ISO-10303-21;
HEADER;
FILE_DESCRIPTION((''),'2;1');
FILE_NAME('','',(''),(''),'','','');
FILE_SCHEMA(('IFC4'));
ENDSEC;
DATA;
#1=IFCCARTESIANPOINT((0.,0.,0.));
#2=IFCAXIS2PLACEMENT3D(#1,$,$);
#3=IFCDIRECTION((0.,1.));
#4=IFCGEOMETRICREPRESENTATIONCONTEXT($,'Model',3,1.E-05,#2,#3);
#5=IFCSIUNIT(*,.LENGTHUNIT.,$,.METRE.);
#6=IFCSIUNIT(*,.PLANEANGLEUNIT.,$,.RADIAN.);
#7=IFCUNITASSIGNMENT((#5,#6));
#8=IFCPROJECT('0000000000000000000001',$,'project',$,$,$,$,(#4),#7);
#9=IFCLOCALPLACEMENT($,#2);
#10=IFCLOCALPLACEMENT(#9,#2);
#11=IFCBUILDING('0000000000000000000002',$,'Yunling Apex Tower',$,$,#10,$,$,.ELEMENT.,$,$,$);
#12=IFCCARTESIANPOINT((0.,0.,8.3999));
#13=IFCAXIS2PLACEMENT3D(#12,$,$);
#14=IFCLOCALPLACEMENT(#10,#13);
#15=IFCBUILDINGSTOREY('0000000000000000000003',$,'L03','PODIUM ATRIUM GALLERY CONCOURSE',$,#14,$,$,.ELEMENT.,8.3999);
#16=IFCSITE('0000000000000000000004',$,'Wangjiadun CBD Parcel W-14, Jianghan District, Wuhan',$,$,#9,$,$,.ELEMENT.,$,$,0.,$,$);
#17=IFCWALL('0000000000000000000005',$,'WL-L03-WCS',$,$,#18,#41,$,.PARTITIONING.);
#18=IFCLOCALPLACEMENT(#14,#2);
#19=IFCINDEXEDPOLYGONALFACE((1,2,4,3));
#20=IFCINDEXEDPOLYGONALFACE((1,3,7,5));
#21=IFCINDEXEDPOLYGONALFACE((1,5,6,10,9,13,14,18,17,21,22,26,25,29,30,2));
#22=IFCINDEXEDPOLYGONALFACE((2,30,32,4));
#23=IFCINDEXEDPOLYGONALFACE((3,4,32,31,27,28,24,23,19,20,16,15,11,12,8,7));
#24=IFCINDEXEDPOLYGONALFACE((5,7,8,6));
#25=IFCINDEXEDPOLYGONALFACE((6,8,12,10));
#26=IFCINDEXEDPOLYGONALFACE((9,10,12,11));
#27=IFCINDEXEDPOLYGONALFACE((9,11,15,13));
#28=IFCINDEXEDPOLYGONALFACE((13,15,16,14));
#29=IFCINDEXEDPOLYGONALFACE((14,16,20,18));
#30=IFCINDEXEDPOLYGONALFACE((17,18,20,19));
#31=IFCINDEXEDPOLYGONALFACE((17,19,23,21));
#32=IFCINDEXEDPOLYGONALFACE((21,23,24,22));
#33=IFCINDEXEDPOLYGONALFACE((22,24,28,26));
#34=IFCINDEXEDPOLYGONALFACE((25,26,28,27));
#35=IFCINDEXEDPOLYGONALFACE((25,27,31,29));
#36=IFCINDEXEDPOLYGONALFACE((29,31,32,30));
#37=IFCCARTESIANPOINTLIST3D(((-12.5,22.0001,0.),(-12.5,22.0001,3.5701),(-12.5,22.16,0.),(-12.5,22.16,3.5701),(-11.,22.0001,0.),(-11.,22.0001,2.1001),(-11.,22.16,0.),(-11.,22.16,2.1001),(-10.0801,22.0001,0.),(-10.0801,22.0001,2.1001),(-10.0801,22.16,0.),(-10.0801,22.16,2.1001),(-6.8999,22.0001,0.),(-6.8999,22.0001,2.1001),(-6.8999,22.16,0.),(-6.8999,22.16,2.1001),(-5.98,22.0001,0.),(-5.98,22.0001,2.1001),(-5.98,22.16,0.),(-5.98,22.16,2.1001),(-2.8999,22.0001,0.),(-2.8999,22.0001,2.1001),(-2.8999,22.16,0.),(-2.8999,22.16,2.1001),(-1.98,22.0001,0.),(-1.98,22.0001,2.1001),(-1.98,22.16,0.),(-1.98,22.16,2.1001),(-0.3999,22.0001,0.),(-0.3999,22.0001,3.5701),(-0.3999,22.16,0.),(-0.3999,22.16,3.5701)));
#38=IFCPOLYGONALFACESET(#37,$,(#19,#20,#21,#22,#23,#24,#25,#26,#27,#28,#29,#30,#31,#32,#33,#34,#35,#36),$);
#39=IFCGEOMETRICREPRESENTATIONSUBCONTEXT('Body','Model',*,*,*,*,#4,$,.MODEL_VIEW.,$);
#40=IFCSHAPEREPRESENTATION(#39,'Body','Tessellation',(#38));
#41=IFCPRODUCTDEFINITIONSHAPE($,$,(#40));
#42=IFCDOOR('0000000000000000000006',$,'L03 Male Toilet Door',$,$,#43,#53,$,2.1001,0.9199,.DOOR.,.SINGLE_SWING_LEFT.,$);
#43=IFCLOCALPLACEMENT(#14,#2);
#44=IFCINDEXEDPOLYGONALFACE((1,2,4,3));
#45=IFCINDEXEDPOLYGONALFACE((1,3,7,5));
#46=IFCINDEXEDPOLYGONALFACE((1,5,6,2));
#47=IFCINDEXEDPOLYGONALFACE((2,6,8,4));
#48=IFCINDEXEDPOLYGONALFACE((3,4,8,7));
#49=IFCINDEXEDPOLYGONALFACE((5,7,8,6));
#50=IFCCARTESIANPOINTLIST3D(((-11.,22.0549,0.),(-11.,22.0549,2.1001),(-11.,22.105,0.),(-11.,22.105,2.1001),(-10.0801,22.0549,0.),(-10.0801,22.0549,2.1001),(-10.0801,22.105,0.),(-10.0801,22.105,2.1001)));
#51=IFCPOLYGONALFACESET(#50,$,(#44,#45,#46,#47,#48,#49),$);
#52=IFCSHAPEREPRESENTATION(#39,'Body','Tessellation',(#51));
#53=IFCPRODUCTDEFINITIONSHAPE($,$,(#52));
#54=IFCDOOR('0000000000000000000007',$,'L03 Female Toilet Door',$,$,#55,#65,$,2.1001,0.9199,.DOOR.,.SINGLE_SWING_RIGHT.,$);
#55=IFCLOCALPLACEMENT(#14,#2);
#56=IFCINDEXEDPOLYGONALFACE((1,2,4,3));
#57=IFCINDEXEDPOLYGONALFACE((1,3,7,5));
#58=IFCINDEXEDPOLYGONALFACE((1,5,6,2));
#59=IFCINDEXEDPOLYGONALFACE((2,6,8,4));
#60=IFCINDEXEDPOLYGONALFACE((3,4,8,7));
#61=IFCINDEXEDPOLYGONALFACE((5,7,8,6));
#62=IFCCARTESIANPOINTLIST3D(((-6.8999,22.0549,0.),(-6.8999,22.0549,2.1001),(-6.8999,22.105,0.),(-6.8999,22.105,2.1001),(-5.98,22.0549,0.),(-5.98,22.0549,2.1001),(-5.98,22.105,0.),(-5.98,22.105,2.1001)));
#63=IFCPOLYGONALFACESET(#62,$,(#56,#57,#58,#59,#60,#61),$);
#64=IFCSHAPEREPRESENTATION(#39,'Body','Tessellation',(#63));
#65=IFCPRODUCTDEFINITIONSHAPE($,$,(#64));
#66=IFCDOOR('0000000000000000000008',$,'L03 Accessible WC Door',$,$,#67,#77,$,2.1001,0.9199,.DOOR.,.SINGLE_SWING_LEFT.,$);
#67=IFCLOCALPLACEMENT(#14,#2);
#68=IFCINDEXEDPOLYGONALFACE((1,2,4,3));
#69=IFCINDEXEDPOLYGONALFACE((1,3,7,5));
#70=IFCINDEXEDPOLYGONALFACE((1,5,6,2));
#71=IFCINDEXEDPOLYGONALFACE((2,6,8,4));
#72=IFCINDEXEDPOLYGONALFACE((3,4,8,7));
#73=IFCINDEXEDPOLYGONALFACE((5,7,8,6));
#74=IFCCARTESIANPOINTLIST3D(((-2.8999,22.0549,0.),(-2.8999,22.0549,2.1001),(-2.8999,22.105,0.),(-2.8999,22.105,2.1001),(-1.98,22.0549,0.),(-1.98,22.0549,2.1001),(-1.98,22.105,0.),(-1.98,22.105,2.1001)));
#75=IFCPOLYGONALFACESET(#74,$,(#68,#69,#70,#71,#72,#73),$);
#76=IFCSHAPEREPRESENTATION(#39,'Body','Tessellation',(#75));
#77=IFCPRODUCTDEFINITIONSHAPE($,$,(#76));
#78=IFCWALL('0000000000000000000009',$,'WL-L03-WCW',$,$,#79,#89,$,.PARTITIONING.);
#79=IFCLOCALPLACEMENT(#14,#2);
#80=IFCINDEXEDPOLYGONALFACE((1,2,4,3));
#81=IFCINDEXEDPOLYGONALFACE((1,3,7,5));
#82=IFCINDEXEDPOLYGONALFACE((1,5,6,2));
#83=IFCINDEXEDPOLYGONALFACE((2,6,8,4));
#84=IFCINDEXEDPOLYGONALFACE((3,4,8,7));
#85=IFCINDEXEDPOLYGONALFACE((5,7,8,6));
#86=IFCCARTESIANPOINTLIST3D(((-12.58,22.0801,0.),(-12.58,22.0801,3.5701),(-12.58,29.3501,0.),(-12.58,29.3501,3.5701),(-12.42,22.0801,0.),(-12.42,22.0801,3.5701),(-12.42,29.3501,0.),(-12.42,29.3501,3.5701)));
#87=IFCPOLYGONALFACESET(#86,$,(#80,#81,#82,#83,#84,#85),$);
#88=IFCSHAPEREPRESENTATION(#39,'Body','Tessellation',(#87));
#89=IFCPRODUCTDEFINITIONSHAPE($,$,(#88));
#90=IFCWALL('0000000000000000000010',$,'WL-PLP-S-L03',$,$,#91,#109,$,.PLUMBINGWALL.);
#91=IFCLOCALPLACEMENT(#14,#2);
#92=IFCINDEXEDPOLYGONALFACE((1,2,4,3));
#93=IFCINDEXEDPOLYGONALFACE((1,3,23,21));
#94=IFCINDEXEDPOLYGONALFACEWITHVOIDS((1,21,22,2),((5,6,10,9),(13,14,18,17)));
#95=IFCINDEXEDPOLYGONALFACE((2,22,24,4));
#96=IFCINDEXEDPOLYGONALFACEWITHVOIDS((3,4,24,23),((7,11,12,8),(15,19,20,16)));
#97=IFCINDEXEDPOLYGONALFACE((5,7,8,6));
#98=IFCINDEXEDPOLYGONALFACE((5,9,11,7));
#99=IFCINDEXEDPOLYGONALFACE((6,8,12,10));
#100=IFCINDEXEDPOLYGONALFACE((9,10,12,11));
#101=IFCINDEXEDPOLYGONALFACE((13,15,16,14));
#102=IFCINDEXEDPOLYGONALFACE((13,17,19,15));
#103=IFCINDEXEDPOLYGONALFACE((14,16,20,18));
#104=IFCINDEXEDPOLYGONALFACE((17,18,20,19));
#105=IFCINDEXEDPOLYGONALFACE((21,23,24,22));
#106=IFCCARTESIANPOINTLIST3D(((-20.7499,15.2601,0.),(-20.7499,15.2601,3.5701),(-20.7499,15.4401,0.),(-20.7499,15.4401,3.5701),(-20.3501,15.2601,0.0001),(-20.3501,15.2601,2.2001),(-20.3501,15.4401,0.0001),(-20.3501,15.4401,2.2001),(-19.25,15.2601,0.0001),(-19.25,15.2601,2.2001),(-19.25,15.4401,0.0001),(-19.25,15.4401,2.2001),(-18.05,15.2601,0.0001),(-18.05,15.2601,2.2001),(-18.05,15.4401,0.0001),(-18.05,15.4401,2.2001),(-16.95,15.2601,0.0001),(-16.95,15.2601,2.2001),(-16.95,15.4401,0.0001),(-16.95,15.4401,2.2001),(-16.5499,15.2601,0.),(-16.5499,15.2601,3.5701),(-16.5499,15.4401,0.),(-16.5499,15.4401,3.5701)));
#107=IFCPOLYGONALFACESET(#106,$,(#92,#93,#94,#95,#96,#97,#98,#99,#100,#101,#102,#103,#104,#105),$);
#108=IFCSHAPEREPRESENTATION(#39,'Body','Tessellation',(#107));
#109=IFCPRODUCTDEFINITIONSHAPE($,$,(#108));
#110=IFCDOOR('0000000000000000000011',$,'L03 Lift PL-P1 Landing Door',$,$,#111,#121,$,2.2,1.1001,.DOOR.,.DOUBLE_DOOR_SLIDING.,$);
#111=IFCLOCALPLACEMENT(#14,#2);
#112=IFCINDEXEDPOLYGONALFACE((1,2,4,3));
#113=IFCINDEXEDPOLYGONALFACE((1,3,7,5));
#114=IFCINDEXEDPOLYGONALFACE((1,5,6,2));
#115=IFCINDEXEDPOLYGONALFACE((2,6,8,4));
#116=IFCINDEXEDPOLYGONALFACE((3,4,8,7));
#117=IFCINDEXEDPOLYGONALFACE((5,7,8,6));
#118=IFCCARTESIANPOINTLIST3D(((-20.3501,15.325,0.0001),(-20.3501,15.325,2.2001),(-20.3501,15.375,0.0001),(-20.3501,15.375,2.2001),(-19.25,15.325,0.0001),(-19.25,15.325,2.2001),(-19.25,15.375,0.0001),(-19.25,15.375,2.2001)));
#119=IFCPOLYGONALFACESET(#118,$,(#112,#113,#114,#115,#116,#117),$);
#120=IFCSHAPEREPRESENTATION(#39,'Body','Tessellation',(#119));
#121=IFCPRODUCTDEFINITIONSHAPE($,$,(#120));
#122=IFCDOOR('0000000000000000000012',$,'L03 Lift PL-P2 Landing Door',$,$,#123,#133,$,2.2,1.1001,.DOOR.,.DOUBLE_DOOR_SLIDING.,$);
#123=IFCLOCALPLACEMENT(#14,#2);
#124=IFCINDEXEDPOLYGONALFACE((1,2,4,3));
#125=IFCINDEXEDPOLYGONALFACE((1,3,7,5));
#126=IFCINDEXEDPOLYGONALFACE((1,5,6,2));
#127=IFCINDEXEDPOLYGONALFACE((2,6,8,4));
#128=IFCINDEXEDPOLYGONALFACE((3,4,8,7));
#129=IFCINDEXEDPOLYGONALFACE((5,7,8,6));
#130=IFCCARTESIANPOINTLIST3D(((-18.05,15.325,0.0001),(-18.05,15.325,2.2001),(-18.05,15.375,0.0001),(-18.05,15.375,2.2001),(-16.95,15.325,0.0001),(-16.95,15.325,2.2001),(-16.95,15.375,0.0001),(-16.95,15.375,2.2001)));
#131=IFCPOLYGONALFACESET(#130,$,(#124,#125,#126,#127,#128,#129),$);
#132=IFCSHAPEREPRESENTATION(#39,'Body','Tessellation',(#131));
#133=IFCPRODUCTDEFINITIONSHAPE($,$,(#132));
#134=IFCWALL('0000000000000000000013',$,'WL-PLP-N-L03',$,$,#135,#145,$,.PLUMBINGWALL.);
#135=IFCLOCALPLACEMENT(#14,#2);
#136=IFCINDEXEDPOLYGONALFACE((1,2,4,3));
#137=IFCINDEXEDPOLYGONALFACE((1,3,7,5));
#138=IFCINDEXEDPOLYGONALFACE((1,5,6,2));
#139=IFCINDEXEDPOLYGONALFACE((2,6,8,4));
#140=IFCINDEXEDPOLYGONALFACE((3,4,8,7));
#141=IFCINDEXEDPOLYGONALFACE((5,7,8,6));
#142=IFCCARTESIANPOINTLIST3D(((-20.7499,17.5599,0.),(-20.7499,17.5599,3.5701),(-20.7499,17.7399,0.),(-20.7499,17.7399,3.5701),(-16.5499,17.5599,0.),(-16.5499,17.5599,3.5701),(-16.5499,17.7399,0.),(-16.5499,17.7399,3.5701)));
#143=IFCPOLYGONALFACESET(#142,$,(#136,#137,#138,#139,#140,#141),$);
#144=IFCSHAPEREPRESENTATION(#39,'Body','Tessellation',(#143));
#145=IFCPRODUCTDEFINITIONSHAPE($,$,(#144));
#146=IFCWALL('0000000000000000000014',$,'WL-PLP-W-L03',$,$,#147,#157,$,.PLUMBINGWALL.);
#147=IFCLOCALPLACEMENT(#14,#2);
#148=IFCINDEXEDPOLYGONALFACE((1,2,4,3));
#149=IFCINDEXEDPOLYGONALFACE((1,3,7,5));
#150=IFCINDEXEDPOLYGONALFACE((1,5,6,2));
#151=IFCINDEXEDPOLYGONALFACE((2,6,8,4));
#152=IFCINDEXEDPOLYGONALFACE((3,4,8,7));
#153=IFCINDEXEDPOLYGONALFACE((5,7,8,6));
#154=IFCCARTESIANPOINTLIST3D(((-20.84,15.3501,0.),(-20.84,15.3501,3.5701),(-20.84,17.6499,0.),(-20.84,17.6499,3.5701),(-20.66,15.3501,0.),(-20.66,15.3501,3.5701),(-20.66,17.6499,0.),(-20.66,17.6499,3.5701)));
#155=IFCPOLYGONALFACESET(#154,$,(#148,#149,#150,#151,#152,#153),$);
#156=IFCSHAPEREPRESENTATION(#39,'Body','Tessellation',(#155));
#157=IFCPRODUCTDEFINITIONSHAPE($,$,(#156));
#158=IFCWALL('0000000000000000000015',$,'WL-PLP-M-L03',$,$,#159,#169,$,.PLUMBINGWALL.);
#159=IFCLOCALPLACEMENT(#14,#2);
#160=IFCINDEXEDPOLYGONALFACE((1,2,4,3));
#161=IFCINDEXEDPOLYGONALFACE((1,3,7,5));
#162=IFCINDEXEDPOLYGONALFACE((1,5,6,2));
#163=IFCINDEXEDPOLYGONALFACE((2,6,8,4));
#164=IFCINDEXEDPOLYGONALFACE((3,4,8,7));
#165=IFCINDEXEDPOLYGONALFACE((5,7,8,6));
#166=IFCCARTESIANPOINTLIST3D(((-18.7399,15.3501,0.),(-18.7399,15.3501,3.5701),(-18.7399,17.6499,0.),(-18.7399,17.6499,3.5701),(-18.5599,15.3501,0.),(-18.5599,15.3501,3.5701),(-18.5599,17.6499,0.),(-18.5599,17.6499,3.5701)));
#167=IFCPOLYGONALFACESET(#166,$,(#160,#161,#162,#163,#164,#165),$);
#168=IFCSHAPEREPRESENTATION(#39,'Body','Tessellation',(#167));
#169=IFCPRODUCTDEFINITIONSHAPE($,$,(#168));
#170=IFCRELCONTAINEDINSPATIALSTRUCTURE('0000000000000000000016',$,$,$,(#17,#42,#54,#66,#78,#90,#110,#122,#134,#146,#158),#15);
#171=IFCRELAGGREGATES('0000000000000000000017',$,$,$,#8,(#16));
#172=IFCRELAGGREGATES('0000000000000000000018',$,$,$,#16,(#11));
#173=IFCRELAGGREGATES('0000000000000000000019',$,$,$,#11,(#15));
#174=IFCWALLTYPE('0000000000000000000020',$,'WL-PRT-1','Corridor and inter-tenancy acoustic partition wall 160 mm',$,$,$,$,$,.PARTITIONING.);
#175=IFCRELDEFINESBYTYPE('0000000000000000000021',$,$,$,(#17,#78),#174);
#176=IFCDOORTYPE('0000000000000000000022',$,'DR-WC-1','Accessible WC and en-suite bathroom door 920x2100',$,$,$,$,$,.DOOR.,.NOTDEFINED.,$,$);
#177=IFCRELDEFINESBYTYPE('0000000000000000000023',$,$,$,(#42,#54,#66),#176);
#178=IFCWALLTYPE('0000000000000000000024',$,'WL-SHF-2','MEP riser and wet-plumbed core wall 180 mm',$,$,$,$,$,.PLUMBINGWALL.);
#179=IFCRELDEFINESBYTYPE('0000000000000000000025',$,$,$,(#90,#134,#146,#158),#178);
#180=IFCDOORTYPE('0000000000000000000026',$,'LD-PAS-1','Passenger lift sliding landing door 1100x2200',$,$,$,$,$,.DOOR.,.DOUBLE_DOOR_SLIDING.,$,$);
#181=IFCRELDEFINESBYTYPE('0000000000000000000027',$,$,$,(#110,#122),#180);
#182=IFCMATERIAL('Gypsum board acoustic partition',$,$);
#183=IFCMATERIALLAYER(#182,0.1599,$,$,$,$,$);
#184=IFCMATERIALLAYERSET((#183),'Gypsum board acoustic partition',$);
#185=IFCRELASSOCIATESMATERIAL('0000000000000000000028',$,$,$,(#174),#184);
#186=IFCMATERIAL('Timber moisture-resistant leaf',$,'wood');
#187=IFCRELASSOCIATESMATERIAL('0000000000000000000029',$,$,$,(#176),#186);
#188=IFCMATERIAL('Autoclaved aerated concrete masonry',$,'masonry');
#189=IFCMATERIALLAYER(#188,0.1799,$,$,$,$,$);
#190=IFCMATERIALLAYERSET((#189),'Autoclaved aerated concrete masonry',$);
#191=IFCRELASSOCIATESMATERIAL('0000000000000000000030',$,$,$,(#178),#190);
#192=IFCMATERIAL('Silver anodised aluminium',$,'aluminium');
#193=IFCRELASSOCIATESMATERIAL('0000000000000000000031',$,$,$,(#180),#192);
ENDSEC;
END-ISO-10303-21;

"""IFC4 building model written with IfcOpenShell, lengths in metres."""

from ifc_helpers import new_model, si_unit, direction, frame, frame_2d, origin, place, context, subcontext, project, spatial, rectangle, extrude, material, layer, layer_set, type_object, element, fill, save


model = new_model("IFC4")

# Units and contexts
model_context = context("Model", 3, precision=1e-05, world=origin(), true_north=direction((0.0, 1.0)))
body_context = subcontext(model_context, "Body", "Model", "MODEL_VIEW")
ifc_project = project(units=[si_unit("LENGTHUNIT", "METRE"), si_unit("PLANEANGLEUNIT", "RADIAN")], contexts=[model_context])

# Site, building, storey
site_placement = place(None, origin())
site = spatial("IfcSite", under=ifc_project, at=site_placement, Name="Wangjiadun CBD Parcel W-14, Jianghan District, Wuhan", CompositionType="ELEMENT", RefElevation=0.0)
building_placement = place(site_placement, origin())
building = spatial("IfcBuilding", under=site, at=building_placement, Name="Yunling Apex Tower", CompositionType="ELEMENT")
storey_placement = place(building_placement, frame((0.0, 0.0, 8.3999)))
storey = spatial("IfcBuildingStorey", under=building, at=storey_placement, Name="L03", Description="PODIUM ATRIUM GALLERY CONCOURSE", CompositionType="ELEMENT", Elevation=8.3999)

# Wall, openings, doors
ifc_material_1 = material(Name="Gypsum board acoustic partition")
ifc_layer_1 = layer(ifc_material_1, 0.1599)
ifc_layer_set_1 = layer_set([ifc_layer_1], Name="Gypsum board acoustic partition")
wall_type_1 = type_object("IfcWallType", Name="WL-PRT-1", Description="Corridor and inter-tenancy acoustic partition wall 160 mm", PredefinedType="PARTITIONING", material=ifc_layer_set_1)
wall_1_placement = place(storey_placement, frame((-12.5, 22.0801, 0.0), z_axis=(0.0, 0.0, 1.0), x_axis=(1.0, 0.0, 0.0)))
wall_1 = element("IfcWall", 1, at=wall_1_placement, inside=storey, type_object=wall_type_1, Name="WL-L03-WCS", PredefinedType="PARTITIONING", context=body_context, shape_type="SweptSolid", body=[
    extrude(rectangle(XDim=12.1001, YDim=0.1599, at=frame_2d((6.05, 0.0))), origin(), (0.0, 0.0, 1.0), 3.5701),
])
opening_1_placement = place(wall_1_placement, frame((1.5, 0.0, 0.0)))
opening_1 = element("IfcOpeningElement", 2, at=opening_1_placement, cuts=wall_1, PredefinedType="OPENING", context=body_context, shape_type="SweptSolid", body=[
    extrude(rectangle(XDim=0.9199, YDim=2.1001, at=frame_2d((0.46, 1.05))), frame((0.0, 0.0898, 0.0), z_axis=(0.0, -1.0, 0.0), x_axis=(1.0, 0.0, 0.0)), (0.0, 0.0, 1.0), 0.1799),
])
opening_2_placement = place(wall_1_placement, frame((5.6001, 0.0, 0.0)))
opening_2 = element("IfcOpeningElement", 3, at=opening_2_placement, cuts=wall_1, PredefinedType="OPENING", context=body_context, shape_type="SweptSolid", body=[
    extrude(rectangle(XDim=0.9199, YDim=2.1001, at=frame_2d((0.46, 1.05))), frame((0.0, 0.0898, 0.0), z_axis=(0.0, -1.0, 0.0), x_axis=(1.0, 0.0, 0.0)), (0.0, 0.0, 1.0), 0.1799),
])
opening_3_placement = place(wall_1_placement, frame((9.6001, 0.0, 0.0)))
opening_3 = element("IfcOpeningElement", 4, at=opening_3_placement, cuts=wall_1, PredefinedType="OPENING", context=body_context, shape_type="SweptSolid", body=[
    extrude(rectangle(XDim=0.9199, YDim=2.1001, at=frame_2d((0.46, 1.05))), frame((0.0, 0.0898, 0.0), z_axis=(0.0, -1.0, 0.0), x_axis=(1.0, 0.0, 0.0)), (0.0, 0.0, 1.0), 0.1799),
])
ifc_material_2 = material(Name="Timber moisture-resistant leaf", Category="wood")
door_type_1 = type_object("IfcDoorType", Name="DR-WC-1", Description="Accessible WC and en-suite bathroom door 920x2100", OperationType="NOTDEFINED", PredefinedType="DOOR", material=ifc_material_2)
door_1_placement = place(opening_1_placement, origin())
door_1 = element("IfcDoor", 5, at=door_1_placement, inside=storey, type_object=door_type_1, Name="L03 Male Toilet Door", OperationType="SINGLE_SWING_LEFT", OverallHeight=2.1001, OverallWidth=0.9199, PredefinedType="DOOR", context=body_context, shape_type="SweptSolid", body=[
    extrude(rectangle(XDim=0.9199, YDim=2.1001, at=frame_2d((0.46, 1.05))), frame((0.0, 0.0249, 0.0), z_axis=(0.0, -1.0, 0.0), x_axis=(1.0, 0.0, 0.0)), (0.0, 0.0, 1.0), 0.05),
])
fill(opening_1, door_1)
door_2_placement = place(opening_2_placement, origin())
door_2 = element("IfcDoor", 6, at=door_2_placement, inside=storey, type_object=door_type_1, Name="L03 Female Toilet Door", OperationType="SINGLE_SWING_RIGHT", OverallHeight=2.1001, OverallWidth=0.9199, PredefinedType="DOOR", context=body_context, shape_type="SweptSolid", body=[
    extrude(rectangle(XDim=0.9199, YDim=2.1001, at=frame_2d((0.46, 1.05))), frame((0.0, 0.0249, 0.0), z_axis=(0.0, -1.0, 0.0), x_axis=(1.0, 0.0, 0.0)), (0.0, 0.0, 1.0), 0.05),
])
fill(opening_2, door_2)
door_3_placement = place(opening_3_placement, origin())
door_3 = element("IfcDoor", 7, at=door_3_placement, inside=storey, type_object=door_type_1, Name="L03 Accessible WC Door", OperationType="SINGLE_SWING_LEFT", OverallHeight=2.1001, OverallWidth=0.9199, PredefinedType="DOOR", context=body_context, shape_type="SweptSolid", body=[
    extrude(rectangle(XDim=0.9199, YDim=2.1001, at=frame_2d((0.46, 1.05))), frame((0.0, 0.0249, 0.0), z_axis=(0.0, -1.0, 0.0), x_axis=(1.0, 0.0, 0.0)), (0.0, 0.0, 1.0), 0.05),
])
fill(opening_3, door_3)

# Wall
wall_2_placement = place(storey_placement, frame((-12.5, 22.0801, 0.0), z_axis=(0.0, 0.0, 1.0), x_axis=(0.0, 1.0, 0.0)))
element("IfcWall", 8, at=wall_2_placement, inside=storey, type_object=wall_type_1, Name="WL-L03-WCW", PredefinedType="PARTITIONING", context=body_context, shape_type="SweptSolid", body=[
    extrude(rectangle(XDim=7.27, YDim=0.1599, at=frame_2d((3.635, 0.0))), origin(), (0.0, 0.0, 1.0), 3.5701),
])

# Wall, openings, doors
ifc_material_3 = material(Name="Autoclaved aerated concrete masonry", Category="masonry")
ifc_layer_2 = layer(ifc_material_3, 0.1799)
ifc_layer_set_2 = layer_set([ifc_layer_2], Name="Autoclaved aerated concrete masonry")
wall_type_2 = type_object("IfcWallType", Name="WL-SHF-2", Description="MEP riser and wet-plumbed core wall 180 mm", PredefinedType="PLUMBINGWALL", material=ifc_layer_set_2)
wall_3_placement = place(storey_placement, frame((-20.75, 15.3501, 0.0), z_axis=(0.0, 0.0, 1.0), x_axis=(1.0, 0.0, 0.0)))
wall_3 = element("IfcWall", 9, at=wall_3_placement, inside=storey, type_object=wall_type_2, Name="WL-PLP-S-L03", PredefinedType="PLUMBINGWALL", context=body_context, shape_type="SweptSolid", body=[
    extrude(rectangle(XDim=4.2, YDim=0.1799, at=frame_2d((2.1001, 0.0))), origin(), (0.0, 0.0, 1.0), 3.5701),
])
opening_4_placement = place(wall_3_placement, frame((0.3999, 0.0, 0.0)))
opening_4 = element("IfcOpeningElement", 10, at=opening_4_placement, cuts=wall_3, PredefinedType="OPENING", context=body_context, shape_type="SweptSolid", body=[
    extrude(rectangle(XDim=1.1001, YDim=2.2, at=frame_2d((0.55, 1.1001))), frame((0.0, 0.1001, 0.0), z_axis=(0.0, -1.0, 0.0), x_axis=(1.0, 0.0, 0.0)), (0.0, 0.0, 1.0), 0.2),
])
opening_5_placement = place(wall_3_placement, frame((2.7, 0.0, 0.0)))
opening_5 = element("IfcOpeningElement", 11, at=opening_5_placement, cuts=wall_3, PredefinedType="OPENING", context=body_context, shape_type="SweptSolid", body=[
    extrude(rectangle(XDim=1.1001, YDim=2.2, at=frame_2d((0.55, 1.1001))), frame((0.0, 0.1001, 0.0), z_axis=(0.0, -1.0, 0.0), x_axis=(1.0, 0.0, 0.0)), (0.0, 0.0, 1.0), 0.2),
])
ifc_material_4 = material(Name="Silver anodised aluminium", Category="aluminium")
door_type_2 = type_object("IfcDoorType", Name="LD-PAS-1", Description="Passenger lift sliding landing door 1100x2200", OperationType="DOUBLE_DOOR_SLIDING", PredefinedType="DOOR", material=ifc_material_4)
door_4_placement = place(opening_4_placement, origin())
door_4 = element("IfcDoor", 12, at=door_4_placement, inside=storey, type_object=door_type_2, Name="L03 Lift PL-P1 Landing Door", OperationType="DOUBLE_DOOR_SLIDING", OverallHeight=2.2, OverallWidth=1.1001, PredefinedType="DOOR", context=body_context, shape_type="SweptSolid", body=[
    extrude(rectangle(XDim=1.1001, YDim=2.2, at=frame_2d((0.55, 1.1001))), frame((0.0, 0.0249, 0.0), z_axis=(0.0, -1.0, 0.0), x_axis=(1.0, 0.0, 0.0)), (0.0, 0.0, 1.0), 0.05),
])
fill(opening_4, door_4)
door_5_placement = place(opening_5_placement, origin())
door_5 = element("IfcDoor", 13, at=door_5_placement, inside=storey, type_object=door_type_2, Name="L03 Lift PL-P2 Landing Door", OperationType="DOUBLE_DOOR_SLIDING", OverallHeight=2.2, OverallWidth=1.1001, PredefinedType="DOOR", context=body_context, shape_type="SweptSolid", body=[
    extrude(rectangle(XDim=1.1001, YDim=2.2, at=frame_2d((0.55, 1.1001))), frame((0.0, 0.0249, 0.0), z_axis=(0.0, -1.0, 0.0), x_axis=(1.0, 0.0, 0.0)), (0.0, 0.0, 1.0), 0.05),
])
fill(opening_5, door_5)

# Walls
wall_4_placement = place(storey_placement, frame((-20.75, 17.6499, 0.0), z_axis=(0.0, 0.0, 1.0), x_axis=(1.0, 0.0, 0.0)))
element("IfcWall", 14, at=wall_4_placement, inside=storey, type_object=wall_type_2, Name="WL-PLP-N-L03", PredefinedType="PLUMBINGWALL", context=body_context, shape_type="SweptSolid", body=[
    extrude(rectangle(XDim=4.2, YDim=0.1799, at=frame_2d((2.1001, 0.0))), origin(), (0.0, 0.0, 1.0), 3.5701),
])
for number, where, z_axis, x_axis, name in (
    (15, (-20.75, 15.3501, 0.0), (0.0, 0.0, 1.0), (0.0, 1.0, 0.0), "WL-PLP-W-L03"),
    (16, (-18.6499, 15.3501, 0.0), (0.0, 0.0, 1.0), (0.0, 1.0, 0.0), "WL-PLP-M-L03"),
):
    element("IfcWall", number, at=place(storey_placement, frame(where, z_axis=z_axis, x_axis=x_axis)), inside=storey, type_object=wall_type_2, Name=name, PredefinedType="PLUMBINGWALL", context=body_context, shape_type="SweptSolid", body=[
        extrude(rectangle(XDim=2.2998, YDim=0.1799, at=frame_2d((1.1499, 0.0))), origin(), (0.0, 0.0, 1.0), 3.5701),
    ])

save(model, "model.ifc")
